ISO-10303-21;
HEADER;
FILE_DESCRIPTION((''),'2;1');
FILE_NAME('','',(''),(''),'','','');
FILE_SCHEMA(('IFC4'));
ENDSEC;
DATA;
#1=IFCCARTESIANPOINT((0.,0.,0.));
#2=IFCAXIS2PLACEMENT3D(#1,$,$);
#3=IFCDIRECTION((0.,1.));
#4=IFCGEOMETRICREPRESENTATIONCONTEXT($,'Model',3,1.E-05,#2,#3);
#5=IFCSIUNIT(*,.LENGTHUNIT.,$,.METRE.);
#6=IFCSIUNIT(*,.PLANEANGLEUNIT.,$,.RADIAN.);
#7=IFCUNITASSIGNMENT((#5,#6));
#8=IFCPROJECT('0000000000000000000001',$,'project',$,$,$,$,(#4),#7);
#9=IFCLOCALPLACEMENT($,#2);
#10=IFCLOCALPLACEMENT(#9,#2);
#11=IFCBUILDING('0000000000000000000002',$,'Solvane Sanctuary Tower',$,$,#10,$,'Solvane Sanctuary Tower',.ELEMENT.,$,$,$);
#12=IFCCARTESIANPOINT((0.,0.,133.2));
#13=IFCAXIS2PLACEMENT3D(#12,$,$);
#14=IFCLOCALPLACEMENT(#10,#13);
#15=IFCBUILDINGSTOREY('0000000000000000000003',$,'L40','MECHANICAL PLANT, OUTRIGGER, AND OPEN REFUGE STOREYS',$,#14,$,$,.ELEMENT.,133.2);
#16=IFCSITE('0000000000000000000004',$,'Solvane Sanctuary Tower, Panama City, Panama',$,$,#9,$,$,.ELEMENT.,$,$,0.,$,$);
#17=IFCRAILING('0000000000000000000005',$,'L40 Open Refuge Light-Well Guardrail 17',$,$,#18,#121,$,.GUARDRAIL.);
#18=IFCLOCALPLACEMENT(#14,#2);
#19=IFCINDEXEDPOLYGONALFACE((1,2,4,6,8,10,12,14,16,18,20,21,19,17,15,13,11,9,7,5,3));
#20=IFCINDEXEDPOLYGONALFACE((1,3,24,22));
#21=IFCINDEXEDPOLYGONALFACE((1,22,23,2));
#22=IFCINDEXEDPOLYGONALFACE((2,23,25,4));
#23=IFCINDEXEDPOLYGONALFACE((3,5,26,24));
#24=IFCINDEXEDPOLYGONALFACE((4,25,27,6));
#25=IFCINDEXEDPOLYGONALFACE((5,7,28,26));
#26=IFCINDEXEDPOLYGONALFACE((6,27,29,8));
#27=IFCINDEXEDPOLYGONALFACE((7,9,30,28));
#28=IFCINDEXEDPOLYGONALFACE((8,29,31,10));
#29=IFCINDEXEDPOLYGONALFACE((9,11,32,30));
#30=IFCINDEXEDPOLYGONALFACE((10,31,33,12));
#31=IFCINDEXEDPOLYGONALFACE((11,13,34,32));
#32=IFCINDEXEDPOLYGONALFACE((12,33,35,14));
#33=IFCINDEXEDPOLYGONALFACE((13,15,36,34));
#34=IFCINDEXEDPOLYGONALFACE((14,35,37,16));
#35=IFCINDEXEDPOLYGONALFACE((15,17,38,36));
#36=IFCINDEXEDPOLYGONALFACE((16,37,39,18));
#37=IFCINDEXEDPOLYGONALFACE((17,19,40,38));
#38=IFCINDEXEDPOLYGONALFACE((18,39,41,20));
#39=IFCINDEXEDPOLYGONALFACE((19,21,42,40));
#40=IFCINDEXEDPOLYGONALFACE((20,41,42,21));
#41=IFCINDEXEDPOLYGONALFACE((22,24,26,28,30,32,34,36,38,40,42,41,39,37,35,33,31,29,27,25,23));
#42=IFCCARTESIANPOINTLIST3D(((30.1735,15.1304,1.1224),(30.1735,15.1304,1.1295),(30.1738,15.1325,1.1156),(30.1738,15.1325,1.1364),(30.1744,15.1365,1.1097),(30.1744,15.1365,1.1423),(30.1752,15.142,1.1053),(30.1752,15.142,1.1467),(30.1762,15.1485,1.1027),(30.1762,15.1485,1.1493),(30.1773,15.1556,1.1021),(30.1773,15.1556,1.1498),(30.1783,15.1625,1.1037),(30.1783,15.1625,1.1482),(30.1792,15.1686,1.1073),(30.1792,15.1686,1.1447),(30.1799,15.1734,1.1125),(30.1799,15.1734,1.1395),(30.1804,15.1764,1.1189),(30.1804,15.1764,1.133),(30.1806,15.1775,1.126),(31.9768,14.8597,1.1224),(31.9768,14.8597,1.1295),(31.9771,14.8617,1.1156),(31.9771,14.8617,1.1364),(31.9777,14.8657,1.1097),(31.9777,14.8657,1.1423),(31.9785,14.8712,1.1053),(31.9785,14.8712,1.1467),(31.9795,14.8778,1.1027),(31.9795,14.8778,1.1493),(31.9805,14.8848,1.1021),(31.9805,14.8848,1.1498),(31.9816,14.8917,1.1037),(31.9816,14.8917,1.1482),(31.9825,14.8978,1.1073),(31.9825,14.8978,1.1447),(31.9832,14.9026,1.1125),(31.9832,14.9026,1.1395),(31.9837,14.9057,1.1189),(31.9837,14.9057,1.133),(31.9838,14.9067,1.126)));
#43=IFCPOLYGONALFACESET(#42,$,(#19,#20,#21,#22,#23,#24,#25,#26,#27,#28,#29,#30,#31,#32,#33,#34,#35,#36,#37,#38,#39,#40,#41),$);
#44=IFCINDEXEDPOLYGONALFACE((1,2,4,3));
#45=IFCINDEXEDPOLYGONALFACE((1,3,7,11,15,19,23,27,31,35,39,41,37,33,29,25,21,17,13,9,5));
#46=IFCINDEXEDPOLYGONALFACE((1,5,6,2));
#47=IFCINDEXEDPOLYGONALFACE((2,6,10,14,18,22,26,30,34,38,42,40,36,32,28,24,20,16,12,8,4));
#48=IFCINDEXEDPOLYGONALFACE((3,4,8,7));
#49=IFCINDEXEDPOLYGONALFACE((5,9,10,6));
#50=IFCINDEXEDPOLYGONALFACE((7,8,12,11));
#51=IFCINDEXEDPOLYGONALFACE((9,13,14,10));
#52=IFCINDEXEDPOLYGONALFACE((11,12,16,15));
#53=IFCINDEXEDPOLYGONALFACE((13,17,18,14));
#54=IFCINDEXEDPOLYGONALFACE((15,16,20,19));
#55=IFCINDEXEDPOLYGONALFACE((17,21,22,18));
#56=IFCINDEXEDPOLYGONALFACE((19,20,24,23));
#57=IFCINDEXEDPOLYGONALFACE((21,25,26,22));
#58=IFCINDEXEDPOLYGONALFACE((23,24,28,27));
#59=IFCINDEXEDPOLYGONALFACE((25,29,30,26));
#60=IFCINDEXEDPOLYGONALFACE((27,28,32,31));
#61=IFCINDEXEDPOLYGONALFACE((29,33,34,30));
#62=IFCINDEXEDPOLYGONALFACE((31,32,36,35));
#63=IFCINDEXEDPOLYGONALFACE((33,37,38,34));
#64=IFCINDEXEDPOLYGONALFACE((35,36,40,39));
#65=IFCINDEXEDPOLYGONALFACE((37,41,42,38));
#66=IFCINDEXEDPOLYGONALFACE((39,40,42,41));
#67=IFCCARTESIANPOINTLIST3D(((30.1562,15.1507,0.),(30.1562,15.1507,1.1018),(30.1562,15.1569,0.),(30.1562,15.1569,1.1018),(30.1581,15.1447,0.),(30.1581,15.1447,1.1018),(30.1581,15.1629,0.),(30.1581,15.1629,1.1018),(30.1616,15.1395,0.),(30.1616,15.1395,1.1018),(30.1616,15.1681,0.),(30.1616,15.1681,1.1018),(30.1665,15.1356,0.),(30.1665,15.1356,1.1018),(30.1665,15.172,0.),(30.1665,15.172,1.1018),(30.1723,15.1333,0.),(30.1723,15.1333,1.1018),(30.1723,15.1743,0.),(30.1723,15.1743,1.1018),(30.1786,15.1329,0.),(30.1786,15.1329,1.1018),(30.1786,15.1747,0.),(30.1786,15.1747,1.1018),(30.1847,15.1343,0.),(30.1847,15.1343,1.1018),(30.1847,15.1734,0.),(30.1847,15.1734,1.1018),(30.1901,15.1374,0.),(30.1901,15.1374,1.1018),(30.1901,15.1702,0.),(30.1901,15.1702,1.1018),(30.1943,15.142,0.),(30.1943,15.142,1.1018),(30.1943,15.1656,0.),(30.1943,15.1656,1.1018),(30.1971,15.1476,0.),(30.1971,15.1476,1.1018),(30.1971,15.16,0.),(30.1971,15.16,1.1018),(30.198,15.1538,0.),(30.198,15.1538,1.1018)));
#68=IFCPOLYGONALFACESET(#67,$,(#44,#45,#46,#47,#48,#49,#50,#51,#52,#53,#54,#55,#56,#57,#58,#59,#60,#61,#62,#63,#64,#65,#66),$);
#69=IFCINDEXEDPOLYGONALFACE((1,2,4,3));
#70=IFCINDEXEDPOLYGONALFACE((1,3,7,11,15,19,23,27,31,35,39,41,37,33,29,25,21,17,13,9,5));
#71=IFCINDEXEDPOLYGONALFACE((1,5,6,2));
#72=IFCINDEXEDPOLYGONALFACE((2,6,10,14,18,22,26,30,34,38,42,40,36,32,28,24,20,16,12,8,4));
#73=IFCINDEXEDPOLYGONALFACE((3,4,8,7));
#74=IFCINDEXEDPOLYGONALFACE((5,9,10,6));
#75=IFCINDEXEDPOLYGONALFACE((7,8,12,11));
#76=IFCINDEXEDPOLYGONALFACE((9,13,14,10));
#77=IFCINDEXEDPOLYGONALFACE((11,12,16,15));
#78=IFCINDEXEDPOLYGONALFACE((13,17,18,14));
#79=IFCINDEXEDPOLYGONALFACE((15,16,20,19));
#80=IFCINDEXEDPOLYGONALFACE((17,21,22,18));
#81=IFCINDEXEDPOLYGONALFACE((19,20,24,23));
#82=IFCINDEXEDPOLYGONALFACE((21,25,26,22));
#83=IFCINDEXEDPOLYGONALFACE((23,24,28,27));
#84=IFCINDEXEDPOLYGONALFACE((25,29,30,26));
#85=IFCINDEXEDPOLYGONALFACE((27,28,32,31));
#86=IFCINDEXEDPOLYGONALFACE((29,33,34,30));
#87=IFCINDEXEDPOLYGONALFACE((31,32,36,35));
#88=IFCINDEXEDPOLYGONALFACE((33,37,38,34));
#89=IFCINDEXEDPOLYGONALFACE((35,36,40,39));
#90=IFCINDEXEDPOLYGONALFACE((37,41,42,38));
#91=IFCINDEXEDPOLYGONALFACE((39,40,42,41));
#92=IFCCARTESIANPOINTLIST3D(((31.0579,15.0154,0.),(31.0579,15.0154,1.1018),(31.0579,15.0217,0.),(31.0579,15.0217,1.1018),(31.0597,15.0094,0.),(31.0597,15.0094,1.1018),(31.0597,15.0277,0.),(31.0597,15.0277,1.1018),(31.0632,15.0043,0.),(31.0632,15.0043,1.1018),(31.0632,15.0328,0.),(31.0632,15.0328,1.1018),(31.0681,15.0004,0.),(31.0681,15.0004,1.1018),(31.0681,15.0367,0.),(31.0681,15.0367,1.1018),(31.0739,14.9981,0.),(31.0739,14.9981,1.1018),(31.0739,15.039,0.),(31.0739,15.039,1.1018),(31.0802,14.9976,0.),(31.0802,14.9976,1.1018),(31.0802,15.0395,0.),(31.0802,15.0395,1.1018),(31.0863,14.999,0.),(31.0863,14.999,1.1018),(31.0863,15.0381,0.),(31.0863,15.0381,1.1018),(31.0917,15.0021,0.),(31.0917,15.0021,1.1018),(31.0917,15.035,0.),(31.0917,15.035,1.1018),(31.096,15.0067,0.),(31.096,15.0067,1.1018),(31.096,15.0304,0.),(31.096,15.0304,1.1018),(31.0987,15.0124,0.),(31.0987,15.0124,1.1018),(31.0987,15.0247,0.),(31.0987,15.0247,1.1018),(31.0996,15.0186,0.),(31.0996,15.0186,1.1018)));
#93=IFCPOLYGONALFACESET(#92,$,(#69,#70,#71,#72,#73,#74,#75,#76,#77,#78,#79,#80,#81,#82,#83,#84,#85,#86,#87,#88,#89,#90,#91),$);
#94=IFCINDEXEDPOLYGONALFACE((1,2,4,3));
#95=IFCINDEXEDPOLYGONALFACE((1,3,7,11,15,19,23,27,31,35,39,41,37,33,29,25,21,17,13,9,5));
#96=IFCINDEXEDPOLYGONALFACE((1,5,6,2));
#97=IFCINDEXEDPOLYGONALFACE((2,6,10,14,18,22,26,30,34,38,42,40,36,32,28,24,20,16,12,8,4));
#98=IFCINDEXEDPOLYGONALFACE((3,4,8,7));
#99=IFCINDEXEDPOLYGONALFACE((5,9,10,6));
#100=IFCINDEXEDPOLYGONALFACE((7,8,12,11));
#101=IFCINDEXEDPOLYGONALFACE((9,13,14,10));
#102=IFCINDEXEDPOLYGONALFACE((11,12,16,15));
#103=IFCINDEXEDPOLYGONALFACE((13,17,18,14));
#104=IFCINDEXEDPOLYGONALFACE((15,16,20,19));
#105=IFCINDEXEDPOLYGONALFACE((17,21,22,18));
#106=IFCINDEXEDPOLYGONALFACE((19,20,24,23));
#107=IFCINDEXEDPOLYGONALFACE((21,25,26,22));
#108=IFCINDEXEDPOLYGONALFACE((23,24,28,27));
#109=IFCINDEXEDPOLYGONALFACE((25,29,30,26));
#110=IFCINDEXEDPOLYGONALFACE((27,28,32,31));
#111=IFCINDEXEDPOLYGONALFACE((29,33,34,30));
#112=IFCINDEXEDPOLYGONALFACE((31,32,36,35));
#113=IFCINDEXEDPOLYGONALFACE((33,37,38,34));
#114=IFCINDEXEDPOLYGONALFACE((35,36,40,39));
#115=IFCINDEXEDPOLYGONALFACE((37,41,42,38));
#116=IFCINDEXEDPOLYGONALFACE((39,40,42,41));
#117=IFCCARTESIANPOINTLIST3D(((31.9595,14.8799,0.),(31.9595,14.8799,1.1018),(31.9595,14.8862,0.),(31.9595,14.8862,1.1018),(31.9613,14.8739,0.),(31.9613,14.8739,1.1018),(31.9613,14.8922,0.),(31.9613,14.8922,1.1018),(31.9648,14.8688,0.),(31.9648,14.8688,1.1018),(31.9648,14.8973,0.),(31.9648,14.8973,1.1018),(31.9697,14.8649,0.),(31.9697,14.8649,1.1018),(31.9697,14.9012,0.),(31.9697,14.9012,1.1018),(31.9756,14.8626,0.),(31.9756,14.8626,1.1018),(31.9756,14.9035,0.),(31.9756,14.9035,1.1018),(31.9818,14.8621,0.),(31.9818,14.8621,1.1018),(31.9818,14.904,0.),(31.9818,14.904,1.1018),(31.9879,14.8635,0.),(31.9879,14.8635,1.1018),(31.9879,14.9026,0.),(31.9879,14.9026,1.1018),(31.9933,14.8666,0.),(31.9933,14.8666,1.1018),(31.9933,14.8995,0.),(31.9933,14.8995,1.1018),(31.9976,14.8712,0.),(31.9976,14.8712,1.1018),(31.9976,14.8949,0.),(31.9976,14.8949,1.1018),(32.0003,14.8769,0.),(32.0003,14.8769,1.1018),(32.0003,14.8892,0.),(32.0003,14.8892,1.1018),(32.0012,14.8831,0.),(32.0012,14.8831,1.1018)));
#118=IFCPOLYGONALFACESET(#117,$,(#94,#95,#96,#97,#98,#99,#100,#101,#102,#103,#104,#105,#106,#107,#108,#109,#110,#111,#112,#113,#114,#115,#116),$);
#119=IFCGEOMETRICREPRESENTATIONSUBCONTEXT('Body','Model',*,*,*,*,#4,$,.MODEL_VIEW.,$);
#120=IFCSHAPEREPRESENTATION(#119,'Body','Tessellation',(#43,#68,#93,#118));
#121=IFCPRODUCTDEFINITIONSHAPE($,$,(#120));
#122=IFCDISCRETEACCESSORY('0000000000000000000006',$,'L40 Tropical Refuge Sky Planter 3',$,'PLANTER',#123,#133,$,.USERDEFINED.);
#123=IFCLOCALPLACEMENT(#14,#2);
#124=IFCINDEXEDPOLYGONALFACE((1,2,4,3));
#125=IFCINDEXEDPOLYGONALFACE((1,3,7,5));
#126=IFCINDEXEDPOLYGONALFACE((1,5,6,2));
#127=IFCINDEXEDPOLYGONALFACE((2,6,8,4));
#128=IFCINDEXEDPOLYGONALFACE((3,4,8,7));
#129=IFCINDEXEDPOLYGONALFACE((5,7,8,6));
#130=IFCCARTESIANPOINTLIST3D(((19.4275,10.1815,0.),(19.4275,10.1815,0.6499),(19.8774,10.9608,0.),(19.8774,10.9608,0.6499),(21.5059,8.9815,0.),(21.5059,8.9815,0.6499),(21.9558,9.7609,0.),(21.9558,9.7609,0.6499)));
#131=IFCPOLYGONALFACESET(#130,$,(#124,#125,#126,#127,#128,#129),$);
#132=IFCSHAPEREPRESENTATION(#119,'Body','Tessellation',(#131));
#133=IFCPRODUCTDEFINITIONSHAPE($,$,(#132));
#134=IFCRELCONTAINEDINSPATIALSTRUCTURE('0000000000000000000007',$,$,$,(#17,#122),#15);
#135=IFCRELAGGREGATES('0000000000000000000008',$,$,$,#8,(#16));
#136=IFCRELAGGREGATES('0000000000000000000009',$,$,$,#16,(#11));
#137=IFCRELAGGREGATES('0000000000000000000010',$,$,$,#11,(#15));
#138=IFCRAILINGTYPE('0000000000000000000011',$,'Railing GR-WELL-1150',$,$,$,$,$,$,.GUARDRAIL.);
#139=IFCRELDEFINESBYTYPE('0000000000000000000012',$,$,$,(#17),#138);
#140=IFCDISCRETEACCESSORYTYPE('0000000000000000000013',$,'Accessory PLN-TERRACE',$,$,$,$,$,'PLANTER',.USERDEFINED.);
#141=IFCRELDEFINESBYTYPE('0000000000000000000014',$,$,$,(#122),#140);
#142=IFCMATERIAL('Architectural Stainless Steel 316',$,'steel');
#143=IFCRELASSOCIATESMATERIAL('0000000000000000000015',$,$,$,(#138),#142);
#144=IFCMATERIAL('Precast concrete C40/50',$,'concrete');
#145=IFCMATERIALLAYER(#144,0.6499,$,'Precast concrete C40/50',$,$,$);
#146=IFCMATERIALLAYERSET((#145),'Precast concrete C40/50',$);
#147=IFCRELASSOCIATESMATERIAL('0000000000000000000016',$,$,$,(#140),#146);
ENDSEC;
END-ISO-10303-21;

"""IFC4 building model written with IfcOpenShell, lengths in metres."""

from ifc_helpers import new_model, si_unit, direction, frame, origin, origin_2d, place, context, subcontext, project, spatial, rectangle, circle, extrude, material, layer, layer_set, type_object, element, save


model = new_model("IFC4")

# Units and contexts
model_context = context("Model", 3, precision=1e-05, world=origin(), true_north=direction((0.0, 1.0)))
body_context = subcontext(model_context, "Body", "Model", "MODEL_VIEW")
ifc_project = project(units=[si_unit("LENGTHUNIT", "METRE"), si_unit("PLANEANGLEUNIT", "RADIAN")], contexts=[model_context])

# Site, building, storey
site_placement = place(None, origin())
site = spatial("IfcSite", under=ifc_project, at=site_placement, Name="Solvane Sanctuary Tower, Panama City, Panama", CompositionType="ELEMENT", RefElevation=0.0)
building_placement = place(site_placement, origin())
building = spatial("IfcBuilding", under=site, at=building_placement, Name="Solvane Sanctuary Tower", LongName="Solvane Sanctuary Tower", CompositionType="ELEMENT")
storey_placement = place(building_placement, frame((0.0, 0.0, 133.2)))
storey = spatial("IfcBuildingStorey", under=building, at=storey_placement, Name="L40", Description="MECHANICAL PLANT, OUTRIGGER, AND OPEN REFUGE STOREYS", CompositionType="ELEMENT", Elevation=133.2)

# Shared definitions
ifc_material_1 = material(Name="Architectural Stainless Steel 316", Category="steel")

# Railing
railing_type_1 = type_object("IfcRailingType", Name="Railing GR-WELL-1150", PredefinedType="GUARDRAIL", material=ifc_material_1)
railing_1_placement = place(storey_placement, frame((30.177, 15.1538, 0.0)))
element("IfcRailing", 1, at=railing_1_placement, inside=storey, type_object=railing_type_1, Name="L40 Open Refuge Light-Well Guardrail 17", PredefinedType="GUARDRAIL", context=body_context, shape_type="SweptSolid", body=[
    extrude(circle(Radius=0.0239, at=origin_2d()), frame((0.0, 0.0, 1.126), z_axis=(0.988915, -0.148484, 0.0), x_axis=(0.148484, 0.988915, 0.0)), (0.0, 0.0, 1.0), 1.8235),
    extrude(circle(Radius=0.021, at=origin_2d()), origin(), (0.0, 0.0, 1.0), 1.1018),
    extrude(circle(Radius=0.021, at=origin_2d()), frame((0.9016, -0.1353, 0.0)), (0.0, 0.0, 1.0), 1.1018),
    extrude(circle(Radius=0.021, at=origin_2d()), frame((1.8032, -0.2708, 0.0)), (0.0, 0.0, 1.0), 1.1018),
])

# Discrete accessory
ifc_material_2 = material(Name="Precast concrete C40/50", Category="concrete")
ifc_layer_1 = layer(ifc_material_2, 0.6499, Name="Precast concrete C40/50")
ifc_layer_set_1 = layer_set([ifc_layer_1], Name="Precast concrete C40/50")
discrete_accessory_type = type_object("IfcDiscreteAccessoryType", Name="Accessory PLN-TERRACE", ElementType="PLANTER", PredefinedType="USERDEFINED", material=ifc_layer_set_1)
discrete_accessory_placement = place(storey_placement, frame((20.6917, 9.9712, 0.0), z_axis=(0.0, 0.0, 1.0), x_axis=(0.866025, -0.5, 0.0)))
element("IfcDiscreteAccessory", 2, at=discrete_accessory_placement, inside=storey, type_object=discrete_accessory_type, Name="L40 Tropical Refuge Sky Planter 3", ObjectType="PLANTER", PredefinedType="USERDEFINED", context=body_context, shape_type="SweptSolid", body=[
    extrude(rectangle(XDim=2.3999, YDim=0.8999, at=origin_2d()), origin(), (0.0, 0.0, 1.0), 0.6499),
])

save(model, "model.ifc")
